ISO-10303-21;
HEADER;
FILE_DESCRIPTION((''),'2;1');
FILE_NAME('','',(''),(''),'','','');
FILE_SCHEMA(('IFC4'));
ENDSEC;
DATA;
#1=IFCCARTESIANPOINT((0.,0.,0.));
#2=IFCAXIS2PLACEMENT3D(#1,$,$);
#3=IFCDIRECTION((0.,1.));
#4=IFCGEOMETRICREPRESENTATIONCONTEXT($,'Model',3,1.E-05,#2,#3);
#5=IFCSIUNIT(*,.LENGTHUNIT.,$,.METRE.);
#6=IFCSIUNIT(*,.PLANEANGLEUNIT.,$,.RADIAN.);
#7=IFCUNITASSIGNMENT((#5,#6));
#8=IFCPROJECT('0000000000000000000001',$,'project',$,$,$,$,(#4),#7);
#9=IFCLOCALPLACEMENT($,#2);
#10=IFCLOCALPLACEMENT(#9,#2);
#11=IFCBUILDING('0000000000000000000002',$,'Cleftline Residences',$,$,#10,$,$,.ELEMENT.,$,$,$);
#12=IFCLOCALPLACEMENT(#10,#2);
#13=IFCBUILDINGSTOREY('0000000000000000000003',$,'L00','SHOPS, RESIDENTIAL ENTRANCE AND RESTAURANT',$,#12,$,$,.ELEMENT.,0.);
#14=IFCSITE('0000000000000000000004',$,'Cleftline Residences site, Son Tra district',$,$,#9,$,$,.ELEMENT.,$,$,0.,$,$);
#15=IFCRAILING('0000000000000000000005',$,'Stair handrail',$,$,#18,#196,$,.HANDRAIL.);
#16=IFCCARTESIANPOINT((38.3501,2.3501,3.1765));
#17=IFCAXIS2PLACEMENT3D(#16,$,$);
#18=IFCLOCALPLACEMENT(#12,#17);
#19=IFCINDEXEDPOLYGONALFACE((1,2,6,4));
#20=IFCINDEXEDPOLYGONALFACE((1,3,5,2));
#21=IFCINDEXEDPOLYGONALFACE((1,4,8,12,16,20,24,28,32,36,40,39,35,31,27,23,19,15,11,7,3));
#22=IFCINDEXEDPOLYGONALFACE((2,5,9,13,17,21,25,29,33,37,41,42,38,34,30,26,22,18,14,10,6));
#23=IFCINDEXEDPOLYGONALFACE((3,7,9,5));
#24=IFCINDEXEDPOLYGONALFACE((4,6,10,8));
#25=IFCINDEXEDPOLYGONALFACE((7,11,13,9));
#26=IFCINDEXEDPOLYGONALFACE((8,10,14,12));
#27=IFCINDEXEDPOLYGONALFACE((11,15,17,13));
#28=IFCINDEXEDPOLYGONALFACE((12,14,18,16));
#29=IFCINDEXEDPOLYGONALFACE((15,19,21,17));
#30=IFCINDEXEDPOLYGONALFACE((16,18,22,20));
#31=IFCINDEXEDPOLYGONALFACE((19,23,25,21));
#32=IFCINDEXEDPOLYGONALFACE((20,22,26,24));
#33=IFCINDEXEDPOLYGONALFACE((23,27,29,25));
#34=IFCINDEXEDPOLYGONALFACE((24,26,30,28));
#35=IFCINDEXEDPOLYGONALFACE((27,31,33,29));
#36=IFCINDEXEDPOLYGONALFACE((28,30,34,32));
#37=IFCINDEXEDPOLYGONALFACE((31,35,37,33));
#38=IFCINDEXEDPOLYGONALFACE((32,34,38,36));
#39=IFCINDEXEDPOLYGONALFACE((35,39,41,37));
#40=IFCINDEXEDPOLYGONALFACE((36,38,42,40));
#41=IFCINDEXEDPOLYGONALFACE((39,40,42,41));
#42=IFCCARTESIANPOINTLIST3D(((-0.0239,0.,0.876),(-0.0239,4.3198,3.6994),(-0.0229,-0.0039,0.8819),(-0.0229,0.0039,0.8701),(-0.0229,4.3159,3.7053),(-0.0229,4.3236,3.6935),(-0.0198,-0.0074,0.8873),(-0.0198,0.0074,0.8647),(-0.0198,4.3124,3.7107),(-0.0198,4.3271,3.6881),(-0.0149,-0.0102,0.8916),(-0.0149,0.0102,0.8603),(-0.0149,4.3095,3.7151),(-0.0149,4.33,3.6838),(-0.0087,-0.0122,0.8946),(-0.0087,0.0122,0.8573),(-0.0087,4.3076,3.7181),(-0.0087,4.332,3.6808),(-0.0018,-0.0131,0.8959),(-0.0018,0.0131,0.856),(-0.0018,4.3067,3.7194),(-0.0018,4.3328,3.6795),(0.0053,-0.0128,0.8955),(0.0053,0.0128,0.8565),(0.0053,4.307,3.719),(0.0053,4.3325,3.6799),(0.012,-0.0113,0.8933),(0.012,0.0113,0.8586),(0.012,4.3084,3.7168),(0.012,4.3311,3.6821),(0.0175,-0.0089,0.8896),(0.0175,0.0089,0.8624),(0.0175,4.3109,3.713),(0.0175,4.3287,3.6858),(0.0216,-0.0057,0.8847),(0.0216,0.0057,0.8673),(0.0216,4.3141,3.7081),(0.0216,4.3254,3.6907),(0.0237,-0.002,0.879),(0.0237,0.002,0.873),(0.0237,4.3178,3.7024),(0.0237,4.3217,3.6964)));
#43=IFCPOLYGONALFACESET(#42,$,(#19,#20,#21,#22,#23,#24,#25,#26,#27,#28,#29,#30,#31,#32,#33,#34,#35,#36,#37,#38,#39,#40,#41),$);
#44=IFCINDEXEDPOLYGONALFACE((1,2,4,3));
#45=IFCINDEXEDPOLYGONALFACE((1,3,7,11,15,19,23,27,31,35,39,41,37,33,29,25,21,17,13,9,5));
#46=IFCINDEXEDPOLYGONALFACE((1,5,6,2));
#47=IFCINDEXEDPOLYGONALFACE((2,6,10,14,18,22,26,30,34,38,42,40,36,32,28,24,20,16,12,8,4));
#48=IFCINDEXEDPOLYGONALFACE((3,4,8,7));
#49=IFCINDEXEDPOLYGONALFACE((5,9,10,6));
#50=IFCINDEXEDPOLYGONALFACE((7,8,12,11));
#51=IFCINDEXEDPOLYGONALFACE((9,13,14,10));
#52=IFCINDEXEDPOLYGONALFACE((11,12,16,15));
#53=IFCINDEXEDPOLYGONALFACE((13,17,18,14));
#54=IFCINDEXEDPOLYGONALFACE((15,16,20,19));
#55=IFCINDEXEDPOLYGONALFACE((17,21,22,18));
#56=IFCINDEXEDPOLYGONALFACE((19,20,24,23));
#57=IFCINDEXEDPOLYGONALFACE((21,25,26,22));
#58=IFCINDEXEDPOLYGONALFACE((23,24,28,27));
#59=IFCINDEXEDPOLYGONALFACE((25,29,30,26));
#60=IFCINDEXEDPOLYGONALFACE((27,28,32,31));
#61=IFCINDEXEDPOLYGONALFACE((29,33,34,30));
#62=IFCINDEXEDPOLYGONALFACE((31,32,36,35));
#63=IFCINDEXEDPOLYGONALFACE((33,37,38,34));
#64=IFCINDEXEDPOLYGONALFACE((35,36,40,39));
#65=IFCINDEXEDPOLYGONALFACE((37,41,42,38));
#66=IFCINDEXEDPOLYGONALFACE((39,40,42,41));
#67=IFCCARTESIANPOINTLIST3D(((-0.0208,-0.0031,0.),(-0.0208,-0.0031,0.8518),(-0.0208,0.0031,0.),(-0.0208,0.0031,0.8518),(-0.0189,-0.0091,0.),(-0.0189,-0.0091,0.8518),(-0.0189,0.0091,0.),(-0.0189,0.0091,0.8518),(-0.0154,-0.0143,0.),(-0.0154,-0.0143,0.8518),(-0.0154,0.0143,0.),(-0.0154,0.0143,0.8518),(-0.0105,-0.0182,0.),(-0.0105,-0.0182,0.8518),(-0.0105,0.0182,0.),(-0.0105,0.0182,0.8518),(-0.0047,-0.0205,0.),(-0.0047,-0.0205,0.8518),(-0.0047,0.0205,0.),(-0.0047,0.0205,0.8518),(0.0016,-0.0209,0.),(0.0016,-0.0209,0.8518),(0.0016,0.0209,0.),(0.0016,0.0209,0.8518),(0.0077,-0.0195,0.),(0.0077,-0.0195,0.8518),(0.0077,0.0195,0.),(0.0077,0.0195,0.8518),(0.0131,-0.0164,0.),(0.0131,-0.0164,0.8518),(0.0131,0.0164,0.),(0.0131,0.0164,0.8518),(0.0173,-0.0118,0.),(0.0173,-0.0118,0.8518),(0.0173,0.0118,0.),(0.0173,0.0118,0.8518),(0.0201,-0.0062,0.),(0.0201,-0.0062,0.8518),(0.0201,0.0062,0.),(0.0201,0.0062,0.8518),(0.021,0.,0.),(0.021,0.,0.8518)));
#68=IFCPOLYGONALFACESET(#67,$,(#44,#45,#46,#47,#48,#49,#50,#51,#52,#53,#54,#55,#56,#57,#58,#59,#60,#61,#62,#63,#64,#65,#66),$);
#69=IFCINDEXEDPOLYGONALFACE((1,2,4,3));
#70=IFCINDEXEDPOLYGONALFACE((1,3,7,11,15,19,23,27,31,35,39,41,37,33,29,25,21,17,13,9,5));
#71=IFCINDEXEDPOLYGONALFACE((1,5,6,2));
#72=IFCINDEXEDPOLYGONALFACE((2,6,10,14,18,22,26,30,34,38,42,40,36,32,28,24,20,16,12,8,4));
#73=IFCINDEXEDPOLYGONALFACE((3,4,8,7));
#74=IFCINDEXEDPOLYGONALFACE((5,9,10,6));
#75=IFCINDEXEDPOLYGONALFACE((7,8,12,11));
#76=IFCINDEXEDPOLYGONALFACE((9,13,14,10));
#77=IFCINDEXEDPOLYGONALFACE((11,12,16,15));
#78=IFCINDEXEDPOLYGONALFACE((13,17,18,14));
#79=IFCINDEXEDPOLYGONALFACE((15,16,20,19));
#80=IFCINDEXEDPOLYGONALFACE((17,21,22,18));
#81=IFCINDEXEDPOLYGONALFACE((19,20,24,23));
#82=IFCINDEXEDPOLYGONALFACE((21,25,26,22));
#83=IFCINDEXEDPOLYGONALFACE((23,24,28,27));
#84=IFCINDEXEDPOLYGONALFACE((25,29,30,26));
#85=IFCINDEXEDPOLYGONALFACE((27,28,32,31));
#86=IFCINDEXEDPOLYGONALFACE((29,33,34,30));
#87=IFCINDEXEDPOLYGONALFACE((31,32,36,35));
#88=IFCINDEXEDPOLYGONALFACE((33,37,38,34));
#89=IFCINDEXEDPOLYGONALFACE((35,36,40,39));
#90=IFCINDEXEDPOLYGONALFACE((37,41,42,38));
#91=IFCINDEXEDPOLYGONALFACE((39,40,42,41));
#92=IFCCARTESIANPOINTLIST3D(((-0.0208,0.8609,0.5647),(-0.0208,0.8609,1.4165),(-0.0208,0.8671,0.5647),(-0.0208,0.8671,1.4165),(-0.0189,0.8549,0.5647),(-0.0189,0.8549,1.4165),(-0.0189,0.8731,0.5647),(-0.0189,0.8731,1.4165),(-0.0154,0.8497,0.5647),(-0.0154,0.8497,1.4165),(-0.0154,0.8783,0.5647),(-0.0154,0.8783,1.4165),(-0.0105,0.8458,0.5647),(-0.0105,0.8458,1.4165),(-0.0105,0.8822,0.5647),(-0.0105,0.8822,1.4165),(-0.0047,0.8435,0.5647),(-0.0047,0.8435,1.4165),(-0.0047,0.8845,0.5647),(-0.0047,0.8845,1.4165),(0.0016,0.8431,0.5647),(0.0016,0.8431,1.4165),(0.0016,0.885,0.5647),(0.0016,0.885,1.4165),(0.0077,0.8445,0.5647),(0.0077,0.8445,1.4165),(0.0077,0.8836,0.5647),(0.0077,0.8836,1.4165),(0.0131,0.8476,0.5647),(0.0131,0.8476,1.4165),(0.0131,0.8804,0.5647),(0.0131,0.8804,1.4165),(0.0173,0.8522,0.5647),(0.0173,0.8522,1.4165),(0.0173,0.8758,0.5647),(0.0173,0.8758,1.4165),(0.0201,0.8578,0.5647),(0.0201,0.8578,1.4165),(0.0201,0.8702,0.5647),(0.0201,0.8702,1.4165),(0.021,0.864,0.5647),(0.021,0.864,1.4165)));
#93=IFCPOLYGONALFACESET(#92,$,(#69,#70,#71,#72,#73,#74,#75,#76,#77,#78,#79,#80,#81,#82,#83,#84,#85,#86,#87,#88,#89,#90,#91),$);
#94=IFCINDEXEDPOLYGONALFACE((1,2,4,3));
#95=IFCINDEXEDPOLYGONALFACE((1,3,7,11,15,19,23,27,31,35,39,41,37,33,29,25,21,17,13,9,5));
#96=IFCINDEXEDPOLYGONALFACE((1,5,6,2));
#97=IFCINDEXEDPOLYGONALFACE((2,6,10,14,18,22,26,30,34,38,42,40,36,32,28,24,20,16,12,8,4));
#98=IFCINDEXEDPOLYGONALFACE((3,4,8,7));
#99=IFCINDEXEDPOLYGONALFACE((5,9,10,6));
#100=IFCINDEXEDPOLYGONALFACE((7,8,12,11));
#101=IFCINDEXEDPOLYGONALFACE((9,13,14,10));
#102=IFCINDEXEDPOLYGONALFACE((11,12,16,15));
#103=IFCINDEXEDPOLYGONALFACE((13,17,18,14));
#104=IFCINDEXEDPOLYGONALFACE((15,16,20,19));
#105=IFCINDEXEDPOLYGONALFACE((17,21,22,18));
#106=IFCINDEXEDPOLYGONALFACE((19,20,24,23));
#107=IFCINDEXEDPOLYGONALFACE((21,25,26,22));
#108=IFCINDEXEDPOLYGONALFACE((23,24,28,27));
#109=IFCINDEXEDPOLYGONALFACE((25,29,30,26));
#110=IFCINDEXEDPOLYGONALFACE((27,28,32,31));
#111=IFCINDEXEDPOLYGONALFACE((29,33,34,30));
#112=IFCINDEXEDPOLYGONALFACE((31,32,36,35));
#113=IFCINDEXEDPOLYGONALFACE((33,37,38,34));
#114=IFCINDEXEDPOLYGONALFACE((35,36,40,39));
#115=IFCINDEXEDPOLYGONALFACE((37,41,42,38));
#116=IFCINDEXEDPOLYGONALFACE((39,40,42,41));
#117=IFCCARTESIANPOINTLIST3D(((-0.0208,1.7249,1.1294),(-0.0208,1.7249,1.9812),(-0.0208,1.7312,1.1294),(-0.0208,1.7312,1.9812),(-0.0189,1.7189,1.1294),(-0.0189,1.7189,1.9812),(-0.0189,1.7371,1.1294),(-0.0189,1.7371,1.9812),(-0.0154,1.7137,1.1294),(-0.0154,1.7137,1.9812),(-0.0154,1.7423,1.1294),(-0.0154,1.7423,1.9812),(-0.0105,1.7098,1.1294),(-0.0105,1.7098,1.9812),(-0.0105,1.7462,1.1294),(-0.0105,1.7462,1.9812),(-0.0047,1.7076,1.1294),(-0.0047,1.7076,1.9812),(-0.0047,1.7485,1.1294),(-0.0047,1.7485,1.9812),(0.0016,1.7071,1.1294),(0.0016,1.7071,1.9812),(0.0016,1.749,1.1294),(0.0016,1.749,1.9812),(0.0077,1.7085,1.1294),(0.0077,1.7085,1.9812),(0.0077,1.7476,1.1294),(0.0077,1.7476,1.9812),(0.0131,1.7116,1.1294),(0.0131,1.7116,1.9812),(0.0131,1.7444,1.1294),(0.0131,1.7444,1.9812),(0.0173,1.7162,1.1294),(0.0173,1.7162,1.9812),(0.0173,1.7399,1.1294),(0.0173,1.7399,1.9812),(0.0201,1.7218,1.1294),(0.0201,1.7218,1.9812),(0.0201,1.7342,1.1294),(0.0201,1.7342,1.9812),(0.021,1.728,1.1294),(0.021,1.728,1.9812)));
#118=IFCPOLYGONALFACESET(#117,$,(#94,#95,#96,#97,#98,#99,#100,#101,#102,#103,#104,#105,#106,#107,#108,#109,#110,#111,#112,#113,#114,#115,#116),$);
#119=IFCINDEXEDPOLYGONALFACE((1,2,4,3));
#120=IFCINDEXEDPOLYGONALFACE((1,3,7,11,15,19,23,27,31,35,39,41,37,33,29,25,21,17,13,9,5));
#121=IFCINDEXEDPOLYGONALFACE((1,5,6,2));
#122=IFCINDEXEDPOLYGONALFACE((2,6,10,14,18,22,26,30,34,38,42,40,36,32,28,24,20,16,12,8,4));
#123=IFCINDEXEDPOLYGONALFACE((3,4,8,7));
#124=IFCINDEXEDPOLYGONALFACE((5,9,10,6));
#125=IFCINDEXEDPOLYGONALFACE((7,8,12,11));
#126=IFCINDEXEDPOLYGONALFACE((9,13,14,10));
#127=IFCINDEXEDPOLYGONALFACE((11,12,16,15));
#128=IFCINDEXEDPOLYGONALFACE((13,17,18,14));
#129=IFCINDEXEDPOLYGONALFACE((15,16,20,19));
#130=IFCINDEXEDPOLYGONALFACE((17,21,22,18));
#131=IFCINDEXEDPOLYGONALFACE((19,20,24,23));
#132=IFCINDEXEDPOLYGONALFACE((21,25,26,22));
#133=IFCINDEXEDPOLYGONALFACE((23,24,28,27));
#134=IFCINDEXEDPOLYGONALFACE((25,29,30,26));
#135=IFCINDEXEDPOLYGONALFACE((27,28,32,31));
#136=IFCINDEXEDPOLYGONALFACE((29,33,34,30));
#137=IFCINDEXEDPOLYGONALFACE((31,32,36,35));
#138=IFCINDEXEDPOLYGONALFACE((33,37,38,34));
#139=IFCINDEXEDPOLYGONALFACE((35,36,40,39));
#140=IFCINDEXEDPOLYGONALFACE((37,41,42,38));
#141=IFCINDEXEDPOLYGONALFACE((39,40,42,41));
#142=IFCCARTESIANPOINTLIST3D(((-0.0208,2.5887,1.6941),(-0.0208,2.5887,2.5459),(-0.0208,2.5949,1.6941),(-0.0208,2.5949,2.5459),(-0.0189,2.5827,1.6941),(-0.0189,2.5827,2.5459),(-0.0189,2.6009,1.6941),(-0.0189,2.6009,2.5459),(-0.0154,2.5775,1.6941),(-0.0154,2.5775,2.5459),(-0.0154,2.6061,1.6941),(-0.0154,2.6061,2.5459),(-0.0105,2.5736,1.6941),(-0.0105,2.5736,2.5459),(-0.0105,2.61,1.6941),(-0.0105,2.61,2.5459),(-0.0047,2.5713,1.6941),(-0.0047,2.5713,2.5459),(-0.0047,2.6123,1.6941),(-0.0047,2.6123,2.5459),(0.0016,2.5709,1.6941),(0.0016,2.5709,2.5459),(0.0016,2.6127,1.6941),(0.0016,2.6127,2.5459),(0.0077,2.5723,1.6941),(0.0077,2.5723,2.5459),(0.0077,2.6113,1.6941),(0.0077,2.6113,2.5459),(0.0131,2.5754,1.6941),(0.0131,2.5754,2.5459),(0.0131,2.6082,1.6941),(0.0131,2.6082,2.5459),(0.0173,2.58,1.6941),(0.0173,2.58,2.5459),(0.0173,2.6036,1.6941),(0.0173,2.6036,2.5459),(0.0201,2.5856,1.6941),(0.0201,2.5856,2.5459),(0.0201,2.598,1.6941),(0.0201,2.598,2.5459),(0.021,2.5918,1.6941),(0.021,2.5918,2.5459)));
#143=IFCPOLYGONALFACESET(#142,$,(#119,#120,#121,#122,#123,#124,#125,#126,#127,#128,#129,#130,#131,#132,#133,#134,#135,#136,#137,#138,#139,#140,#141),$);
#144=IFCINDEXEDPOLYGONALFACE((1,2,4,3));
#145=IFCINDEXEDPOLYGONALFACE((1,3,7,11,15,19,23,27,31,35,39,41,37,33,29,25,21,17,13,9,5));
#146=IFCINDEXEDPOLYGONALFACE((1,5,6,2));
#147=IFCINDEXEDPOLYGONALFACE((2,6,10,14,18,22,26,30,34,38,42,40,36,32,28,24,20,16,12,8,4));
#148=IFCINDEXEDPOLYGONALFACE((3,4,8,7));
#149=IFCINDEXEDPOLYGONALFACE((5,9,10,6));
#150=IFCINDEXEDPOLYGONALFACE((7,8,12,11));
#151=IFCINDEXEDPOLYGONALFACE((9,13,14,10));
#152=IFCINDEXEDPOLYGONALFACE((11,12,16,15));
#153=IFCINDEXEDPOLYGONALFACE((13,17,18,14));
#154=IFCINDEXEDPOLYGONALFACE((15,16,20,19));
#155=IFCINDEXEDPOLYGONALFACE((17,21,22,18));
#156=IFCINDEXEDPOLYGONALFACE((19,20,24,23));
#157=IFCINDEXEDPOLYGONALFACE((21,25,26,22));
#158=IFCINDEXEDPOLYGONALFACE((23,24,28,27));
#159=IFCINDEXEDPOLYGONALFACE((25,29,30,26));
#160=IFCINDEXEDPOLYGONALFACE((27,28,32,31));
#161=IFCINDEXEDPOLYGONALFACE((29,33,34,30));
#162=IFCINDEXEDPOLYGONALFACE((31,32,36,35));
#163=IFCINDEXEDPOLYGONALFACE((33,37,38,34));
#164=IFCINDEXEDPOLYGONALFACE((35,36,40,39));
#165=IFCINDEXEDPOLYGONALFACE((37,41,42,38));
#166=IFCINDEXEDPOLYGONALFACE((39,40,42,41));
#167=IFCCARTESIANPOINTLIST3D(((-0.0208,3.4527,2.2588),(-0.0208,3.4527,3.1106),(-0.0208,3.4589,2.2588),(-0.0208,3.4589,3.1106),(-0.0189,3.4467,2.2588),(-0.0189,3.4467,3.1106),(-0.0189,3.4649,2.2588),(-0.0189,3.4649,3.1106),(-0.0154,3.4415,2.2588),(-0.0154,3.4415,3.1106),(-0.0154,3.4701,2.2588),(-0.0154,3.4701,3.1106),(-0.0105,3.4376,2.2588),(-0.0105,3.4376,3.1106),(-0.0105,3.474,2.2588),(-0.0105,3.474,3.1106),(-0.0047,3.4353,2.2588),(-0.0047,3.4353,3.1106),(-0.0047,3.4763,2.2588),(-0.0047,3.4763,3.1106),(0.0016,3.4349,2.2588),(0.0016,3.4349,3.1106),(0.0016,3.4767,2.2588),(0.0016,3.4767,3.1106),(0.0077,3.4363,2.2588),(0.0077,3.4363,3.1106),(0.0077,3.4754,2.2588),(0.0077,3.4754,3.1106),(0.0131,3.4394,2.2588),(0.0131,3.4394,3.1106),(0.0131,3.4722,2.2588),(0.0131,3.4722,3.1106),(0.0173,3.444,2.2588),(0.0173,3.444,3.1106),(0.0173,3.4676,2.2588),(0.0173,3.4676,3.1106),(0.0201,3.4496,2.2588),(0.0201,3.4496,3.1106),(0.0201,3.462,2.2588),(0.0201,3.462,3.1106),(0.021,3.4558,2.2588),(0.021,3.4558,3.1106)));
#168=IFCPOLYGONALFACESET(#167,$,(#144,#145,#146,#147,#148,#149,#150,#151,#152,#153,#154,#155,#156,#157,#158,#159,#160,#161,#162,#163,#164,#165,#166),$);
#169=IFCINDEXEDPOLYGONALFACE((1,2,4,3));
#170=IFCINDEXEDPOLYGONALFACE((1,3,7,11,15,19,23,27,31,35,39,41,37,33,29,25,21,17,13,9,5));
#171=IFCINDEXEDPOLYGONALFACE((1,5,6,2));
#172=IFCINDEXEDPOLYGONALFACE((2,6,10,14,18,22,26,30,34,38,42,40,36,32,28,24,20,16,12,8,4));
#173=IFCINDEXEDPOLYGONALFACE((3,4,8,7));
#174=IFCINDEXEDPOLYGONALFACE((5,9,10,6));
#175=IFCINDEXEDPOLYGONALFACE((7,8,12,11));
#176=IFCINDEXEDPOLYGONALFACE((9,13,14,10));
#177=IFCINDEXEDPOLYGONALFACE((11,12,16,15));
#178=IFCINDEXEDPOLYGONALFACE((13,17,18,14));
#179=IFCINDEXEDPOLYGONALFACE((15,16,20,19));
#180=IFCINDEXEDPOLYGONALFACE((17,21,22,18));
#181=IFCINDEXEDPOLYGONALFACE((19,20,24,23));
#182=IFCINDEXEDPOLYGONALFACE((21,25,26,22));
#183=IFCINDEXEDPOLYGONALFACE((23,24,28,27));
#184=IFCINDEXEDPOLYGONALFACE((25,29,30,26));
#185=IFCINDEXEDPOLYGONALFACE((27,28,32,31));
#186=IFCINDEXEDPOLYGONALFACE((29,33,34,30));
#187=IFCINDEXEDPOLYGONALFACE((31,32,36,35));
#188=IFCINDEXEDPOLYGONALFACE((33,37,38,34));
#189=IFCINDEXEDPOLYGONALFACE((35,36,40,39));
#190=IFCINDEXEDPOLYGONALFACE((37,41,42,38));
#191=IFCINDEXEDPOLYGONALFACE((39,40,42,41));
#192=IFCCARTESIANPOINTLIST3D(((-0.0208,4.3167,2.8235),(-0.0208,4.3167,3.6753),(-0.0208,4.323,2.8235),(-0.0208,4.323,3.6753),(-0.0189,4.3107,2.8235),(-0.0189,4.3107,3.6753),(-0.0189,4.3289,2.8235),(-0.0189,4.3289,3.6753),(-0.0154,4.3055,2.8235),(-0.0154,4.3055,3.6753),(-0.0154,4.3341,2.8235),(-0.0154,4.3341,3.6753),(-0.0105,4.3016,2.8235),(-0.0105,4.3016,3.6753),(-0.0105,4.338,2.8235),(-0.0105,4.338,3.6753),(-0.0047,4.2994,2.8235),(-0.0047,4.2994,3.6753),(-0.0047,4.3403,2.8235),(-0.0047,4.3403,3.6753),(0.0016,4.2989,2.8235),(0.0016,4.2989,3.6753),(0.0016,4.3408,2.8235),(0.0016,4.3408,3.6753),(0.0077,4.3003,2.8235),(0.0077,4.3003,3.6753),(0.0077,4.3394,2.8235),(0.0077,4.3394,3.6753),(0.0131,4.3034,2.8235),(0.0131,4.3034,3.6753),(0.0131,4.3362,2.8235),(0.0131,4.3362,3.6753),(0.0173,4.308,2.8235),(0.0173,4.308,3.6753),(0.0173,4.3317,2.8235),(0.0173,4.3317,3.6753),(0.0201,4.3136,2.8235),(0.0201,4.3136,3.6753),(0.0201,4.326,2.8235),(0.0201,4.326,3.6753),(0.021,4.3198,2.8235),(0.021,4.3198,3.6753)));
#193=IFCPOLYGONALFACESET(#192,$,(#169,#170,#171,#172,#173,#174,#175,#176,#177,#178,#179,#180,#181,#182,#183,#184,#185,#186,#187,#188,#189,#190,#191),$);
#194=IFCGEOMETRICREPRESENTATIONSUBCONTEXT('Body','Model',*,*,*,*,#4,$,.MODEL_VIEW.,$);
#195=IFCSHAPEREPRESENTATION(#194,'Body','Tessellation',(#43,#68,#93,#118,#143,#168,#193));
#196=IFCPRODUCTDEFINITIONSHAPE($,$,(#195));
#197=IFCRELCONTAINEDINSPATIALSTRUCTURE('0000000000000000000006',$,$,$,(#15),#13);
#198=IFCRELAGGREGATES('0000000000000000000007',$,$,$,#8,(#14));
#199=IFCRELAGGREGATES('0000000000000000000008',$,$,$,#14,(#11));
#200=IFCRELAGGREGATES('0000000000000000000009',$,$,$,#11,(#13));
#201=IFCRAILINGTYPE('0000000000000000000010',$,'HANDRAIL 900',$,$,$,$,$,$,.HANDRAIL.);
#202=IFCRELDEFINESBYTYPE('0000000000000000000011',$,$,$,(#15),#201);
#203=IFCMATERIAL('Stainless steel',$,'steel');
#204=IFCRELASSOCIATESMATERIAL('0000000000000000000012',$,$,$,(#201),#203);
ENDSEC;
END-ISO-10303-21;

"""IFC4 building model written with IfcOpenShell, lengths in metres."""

from ifc_helpers import new_model, si_unit, direction, frame, origin, origin_2d, place, context, subcontext, project, spatial, circle, extrude, material, type_object, element, save


model = new_model("IFC4")

# Units and contexts
model_context = context("Model", 3, precision=1e-05, world=origin(), true_north=direction((0.0, 1.0)))
body_context = subcontext(model_context, "Body", "Model", "MODEL_VIEW")
ifc_project = project(units=[si_unit("LENGTHUNIT", "METRE"), si_unit("PLANEANGLEUNIT", "RADIAN")], contexts=[model_context])

# Site, building, storey
site_placement = place(None, origin())
site = spatial("IfcSite", under=ifc_project, at=site_placement, Name="Cleftline Residences site, Son Tra district", CompositionType="ELEMENT", RefElevation=0.0)
building_placement = place(site_placement, origin())
building = spatial("IfcBuilding", under=site, at=building_placement, Name="Cleftline Residences", CompositionType="ELEMENT")
storey_placement = place(building_placement, origin())
storey = spatial("IfcBuildingStorey", under=building, at=storey_placement, Name="L00", Description="SHOPS, RESIDENTIAL ENTRANCE AND RESTAURANT", CompositionType="ELEMENT", Elevation=0.0)

# Railing
ifc_material_1 = material(Name="Stainless steel", Category="steel")
railing_type = type_object("IfcRailingType", Name="HANDRAIL 900", PredefinedType="HANDRAIL", material=ifc_material_1)
railing_1_placement = place(storey_placement, frame((38.3501, 2.3501, 3.1765)))
element("IfcRailing", 1, at=railing_1_placement, inside=storey, type_object=railing_type, Name="Stair handrail", PredefinedType="HANDRAIL", context=body_context, shape_type="SweptSolid", body=[
    extrude(circle(Radius=0.0239, at=origin_2d()), frame((0.0, 0.0, 0.876), z_axis=(0.0, 0.83706, 0.547112), x_axis=(-1.0, 0.0, 0.0)), (0.0, 0.0, 1.0), 5.1606),
    extrude(circle(Radius=0.021, at=origin_2d()), origin(), (0.0, 0.0, 1.0), 0.8518),
    extrude(circle(Radius=0.021, at=origin_2d()), frame((0.0, 0.864, 0.5647)), (0.0, 0.0, 1.0), 0.8518),
    extrude(circle(Radius=0.021, at=origin_2d()), frame((0.0, 1.728, 1.1294)), (0.0, 0.0, 1.0), 0.8518),
    extrude(circle(Radius=0.021, at=origin_2d()), frame((0.0, 2.5918, 1.6941)), (0.0, 0.0, 1.0), 0.8518),
    extrude(circle(Radius=0.021, at=origin_2d()), frame((0.0, 3.4558, 2.2588)), (0.0, 0.0, 1.0), 0.8518),
    extrude(circle(Radius=0.021, at=origin_2d()), frame((0.0, 4.3198, 2.8235)), (0.0, 0.0, 1.0), 0.8518),
])

save(model, "model.ifc")
